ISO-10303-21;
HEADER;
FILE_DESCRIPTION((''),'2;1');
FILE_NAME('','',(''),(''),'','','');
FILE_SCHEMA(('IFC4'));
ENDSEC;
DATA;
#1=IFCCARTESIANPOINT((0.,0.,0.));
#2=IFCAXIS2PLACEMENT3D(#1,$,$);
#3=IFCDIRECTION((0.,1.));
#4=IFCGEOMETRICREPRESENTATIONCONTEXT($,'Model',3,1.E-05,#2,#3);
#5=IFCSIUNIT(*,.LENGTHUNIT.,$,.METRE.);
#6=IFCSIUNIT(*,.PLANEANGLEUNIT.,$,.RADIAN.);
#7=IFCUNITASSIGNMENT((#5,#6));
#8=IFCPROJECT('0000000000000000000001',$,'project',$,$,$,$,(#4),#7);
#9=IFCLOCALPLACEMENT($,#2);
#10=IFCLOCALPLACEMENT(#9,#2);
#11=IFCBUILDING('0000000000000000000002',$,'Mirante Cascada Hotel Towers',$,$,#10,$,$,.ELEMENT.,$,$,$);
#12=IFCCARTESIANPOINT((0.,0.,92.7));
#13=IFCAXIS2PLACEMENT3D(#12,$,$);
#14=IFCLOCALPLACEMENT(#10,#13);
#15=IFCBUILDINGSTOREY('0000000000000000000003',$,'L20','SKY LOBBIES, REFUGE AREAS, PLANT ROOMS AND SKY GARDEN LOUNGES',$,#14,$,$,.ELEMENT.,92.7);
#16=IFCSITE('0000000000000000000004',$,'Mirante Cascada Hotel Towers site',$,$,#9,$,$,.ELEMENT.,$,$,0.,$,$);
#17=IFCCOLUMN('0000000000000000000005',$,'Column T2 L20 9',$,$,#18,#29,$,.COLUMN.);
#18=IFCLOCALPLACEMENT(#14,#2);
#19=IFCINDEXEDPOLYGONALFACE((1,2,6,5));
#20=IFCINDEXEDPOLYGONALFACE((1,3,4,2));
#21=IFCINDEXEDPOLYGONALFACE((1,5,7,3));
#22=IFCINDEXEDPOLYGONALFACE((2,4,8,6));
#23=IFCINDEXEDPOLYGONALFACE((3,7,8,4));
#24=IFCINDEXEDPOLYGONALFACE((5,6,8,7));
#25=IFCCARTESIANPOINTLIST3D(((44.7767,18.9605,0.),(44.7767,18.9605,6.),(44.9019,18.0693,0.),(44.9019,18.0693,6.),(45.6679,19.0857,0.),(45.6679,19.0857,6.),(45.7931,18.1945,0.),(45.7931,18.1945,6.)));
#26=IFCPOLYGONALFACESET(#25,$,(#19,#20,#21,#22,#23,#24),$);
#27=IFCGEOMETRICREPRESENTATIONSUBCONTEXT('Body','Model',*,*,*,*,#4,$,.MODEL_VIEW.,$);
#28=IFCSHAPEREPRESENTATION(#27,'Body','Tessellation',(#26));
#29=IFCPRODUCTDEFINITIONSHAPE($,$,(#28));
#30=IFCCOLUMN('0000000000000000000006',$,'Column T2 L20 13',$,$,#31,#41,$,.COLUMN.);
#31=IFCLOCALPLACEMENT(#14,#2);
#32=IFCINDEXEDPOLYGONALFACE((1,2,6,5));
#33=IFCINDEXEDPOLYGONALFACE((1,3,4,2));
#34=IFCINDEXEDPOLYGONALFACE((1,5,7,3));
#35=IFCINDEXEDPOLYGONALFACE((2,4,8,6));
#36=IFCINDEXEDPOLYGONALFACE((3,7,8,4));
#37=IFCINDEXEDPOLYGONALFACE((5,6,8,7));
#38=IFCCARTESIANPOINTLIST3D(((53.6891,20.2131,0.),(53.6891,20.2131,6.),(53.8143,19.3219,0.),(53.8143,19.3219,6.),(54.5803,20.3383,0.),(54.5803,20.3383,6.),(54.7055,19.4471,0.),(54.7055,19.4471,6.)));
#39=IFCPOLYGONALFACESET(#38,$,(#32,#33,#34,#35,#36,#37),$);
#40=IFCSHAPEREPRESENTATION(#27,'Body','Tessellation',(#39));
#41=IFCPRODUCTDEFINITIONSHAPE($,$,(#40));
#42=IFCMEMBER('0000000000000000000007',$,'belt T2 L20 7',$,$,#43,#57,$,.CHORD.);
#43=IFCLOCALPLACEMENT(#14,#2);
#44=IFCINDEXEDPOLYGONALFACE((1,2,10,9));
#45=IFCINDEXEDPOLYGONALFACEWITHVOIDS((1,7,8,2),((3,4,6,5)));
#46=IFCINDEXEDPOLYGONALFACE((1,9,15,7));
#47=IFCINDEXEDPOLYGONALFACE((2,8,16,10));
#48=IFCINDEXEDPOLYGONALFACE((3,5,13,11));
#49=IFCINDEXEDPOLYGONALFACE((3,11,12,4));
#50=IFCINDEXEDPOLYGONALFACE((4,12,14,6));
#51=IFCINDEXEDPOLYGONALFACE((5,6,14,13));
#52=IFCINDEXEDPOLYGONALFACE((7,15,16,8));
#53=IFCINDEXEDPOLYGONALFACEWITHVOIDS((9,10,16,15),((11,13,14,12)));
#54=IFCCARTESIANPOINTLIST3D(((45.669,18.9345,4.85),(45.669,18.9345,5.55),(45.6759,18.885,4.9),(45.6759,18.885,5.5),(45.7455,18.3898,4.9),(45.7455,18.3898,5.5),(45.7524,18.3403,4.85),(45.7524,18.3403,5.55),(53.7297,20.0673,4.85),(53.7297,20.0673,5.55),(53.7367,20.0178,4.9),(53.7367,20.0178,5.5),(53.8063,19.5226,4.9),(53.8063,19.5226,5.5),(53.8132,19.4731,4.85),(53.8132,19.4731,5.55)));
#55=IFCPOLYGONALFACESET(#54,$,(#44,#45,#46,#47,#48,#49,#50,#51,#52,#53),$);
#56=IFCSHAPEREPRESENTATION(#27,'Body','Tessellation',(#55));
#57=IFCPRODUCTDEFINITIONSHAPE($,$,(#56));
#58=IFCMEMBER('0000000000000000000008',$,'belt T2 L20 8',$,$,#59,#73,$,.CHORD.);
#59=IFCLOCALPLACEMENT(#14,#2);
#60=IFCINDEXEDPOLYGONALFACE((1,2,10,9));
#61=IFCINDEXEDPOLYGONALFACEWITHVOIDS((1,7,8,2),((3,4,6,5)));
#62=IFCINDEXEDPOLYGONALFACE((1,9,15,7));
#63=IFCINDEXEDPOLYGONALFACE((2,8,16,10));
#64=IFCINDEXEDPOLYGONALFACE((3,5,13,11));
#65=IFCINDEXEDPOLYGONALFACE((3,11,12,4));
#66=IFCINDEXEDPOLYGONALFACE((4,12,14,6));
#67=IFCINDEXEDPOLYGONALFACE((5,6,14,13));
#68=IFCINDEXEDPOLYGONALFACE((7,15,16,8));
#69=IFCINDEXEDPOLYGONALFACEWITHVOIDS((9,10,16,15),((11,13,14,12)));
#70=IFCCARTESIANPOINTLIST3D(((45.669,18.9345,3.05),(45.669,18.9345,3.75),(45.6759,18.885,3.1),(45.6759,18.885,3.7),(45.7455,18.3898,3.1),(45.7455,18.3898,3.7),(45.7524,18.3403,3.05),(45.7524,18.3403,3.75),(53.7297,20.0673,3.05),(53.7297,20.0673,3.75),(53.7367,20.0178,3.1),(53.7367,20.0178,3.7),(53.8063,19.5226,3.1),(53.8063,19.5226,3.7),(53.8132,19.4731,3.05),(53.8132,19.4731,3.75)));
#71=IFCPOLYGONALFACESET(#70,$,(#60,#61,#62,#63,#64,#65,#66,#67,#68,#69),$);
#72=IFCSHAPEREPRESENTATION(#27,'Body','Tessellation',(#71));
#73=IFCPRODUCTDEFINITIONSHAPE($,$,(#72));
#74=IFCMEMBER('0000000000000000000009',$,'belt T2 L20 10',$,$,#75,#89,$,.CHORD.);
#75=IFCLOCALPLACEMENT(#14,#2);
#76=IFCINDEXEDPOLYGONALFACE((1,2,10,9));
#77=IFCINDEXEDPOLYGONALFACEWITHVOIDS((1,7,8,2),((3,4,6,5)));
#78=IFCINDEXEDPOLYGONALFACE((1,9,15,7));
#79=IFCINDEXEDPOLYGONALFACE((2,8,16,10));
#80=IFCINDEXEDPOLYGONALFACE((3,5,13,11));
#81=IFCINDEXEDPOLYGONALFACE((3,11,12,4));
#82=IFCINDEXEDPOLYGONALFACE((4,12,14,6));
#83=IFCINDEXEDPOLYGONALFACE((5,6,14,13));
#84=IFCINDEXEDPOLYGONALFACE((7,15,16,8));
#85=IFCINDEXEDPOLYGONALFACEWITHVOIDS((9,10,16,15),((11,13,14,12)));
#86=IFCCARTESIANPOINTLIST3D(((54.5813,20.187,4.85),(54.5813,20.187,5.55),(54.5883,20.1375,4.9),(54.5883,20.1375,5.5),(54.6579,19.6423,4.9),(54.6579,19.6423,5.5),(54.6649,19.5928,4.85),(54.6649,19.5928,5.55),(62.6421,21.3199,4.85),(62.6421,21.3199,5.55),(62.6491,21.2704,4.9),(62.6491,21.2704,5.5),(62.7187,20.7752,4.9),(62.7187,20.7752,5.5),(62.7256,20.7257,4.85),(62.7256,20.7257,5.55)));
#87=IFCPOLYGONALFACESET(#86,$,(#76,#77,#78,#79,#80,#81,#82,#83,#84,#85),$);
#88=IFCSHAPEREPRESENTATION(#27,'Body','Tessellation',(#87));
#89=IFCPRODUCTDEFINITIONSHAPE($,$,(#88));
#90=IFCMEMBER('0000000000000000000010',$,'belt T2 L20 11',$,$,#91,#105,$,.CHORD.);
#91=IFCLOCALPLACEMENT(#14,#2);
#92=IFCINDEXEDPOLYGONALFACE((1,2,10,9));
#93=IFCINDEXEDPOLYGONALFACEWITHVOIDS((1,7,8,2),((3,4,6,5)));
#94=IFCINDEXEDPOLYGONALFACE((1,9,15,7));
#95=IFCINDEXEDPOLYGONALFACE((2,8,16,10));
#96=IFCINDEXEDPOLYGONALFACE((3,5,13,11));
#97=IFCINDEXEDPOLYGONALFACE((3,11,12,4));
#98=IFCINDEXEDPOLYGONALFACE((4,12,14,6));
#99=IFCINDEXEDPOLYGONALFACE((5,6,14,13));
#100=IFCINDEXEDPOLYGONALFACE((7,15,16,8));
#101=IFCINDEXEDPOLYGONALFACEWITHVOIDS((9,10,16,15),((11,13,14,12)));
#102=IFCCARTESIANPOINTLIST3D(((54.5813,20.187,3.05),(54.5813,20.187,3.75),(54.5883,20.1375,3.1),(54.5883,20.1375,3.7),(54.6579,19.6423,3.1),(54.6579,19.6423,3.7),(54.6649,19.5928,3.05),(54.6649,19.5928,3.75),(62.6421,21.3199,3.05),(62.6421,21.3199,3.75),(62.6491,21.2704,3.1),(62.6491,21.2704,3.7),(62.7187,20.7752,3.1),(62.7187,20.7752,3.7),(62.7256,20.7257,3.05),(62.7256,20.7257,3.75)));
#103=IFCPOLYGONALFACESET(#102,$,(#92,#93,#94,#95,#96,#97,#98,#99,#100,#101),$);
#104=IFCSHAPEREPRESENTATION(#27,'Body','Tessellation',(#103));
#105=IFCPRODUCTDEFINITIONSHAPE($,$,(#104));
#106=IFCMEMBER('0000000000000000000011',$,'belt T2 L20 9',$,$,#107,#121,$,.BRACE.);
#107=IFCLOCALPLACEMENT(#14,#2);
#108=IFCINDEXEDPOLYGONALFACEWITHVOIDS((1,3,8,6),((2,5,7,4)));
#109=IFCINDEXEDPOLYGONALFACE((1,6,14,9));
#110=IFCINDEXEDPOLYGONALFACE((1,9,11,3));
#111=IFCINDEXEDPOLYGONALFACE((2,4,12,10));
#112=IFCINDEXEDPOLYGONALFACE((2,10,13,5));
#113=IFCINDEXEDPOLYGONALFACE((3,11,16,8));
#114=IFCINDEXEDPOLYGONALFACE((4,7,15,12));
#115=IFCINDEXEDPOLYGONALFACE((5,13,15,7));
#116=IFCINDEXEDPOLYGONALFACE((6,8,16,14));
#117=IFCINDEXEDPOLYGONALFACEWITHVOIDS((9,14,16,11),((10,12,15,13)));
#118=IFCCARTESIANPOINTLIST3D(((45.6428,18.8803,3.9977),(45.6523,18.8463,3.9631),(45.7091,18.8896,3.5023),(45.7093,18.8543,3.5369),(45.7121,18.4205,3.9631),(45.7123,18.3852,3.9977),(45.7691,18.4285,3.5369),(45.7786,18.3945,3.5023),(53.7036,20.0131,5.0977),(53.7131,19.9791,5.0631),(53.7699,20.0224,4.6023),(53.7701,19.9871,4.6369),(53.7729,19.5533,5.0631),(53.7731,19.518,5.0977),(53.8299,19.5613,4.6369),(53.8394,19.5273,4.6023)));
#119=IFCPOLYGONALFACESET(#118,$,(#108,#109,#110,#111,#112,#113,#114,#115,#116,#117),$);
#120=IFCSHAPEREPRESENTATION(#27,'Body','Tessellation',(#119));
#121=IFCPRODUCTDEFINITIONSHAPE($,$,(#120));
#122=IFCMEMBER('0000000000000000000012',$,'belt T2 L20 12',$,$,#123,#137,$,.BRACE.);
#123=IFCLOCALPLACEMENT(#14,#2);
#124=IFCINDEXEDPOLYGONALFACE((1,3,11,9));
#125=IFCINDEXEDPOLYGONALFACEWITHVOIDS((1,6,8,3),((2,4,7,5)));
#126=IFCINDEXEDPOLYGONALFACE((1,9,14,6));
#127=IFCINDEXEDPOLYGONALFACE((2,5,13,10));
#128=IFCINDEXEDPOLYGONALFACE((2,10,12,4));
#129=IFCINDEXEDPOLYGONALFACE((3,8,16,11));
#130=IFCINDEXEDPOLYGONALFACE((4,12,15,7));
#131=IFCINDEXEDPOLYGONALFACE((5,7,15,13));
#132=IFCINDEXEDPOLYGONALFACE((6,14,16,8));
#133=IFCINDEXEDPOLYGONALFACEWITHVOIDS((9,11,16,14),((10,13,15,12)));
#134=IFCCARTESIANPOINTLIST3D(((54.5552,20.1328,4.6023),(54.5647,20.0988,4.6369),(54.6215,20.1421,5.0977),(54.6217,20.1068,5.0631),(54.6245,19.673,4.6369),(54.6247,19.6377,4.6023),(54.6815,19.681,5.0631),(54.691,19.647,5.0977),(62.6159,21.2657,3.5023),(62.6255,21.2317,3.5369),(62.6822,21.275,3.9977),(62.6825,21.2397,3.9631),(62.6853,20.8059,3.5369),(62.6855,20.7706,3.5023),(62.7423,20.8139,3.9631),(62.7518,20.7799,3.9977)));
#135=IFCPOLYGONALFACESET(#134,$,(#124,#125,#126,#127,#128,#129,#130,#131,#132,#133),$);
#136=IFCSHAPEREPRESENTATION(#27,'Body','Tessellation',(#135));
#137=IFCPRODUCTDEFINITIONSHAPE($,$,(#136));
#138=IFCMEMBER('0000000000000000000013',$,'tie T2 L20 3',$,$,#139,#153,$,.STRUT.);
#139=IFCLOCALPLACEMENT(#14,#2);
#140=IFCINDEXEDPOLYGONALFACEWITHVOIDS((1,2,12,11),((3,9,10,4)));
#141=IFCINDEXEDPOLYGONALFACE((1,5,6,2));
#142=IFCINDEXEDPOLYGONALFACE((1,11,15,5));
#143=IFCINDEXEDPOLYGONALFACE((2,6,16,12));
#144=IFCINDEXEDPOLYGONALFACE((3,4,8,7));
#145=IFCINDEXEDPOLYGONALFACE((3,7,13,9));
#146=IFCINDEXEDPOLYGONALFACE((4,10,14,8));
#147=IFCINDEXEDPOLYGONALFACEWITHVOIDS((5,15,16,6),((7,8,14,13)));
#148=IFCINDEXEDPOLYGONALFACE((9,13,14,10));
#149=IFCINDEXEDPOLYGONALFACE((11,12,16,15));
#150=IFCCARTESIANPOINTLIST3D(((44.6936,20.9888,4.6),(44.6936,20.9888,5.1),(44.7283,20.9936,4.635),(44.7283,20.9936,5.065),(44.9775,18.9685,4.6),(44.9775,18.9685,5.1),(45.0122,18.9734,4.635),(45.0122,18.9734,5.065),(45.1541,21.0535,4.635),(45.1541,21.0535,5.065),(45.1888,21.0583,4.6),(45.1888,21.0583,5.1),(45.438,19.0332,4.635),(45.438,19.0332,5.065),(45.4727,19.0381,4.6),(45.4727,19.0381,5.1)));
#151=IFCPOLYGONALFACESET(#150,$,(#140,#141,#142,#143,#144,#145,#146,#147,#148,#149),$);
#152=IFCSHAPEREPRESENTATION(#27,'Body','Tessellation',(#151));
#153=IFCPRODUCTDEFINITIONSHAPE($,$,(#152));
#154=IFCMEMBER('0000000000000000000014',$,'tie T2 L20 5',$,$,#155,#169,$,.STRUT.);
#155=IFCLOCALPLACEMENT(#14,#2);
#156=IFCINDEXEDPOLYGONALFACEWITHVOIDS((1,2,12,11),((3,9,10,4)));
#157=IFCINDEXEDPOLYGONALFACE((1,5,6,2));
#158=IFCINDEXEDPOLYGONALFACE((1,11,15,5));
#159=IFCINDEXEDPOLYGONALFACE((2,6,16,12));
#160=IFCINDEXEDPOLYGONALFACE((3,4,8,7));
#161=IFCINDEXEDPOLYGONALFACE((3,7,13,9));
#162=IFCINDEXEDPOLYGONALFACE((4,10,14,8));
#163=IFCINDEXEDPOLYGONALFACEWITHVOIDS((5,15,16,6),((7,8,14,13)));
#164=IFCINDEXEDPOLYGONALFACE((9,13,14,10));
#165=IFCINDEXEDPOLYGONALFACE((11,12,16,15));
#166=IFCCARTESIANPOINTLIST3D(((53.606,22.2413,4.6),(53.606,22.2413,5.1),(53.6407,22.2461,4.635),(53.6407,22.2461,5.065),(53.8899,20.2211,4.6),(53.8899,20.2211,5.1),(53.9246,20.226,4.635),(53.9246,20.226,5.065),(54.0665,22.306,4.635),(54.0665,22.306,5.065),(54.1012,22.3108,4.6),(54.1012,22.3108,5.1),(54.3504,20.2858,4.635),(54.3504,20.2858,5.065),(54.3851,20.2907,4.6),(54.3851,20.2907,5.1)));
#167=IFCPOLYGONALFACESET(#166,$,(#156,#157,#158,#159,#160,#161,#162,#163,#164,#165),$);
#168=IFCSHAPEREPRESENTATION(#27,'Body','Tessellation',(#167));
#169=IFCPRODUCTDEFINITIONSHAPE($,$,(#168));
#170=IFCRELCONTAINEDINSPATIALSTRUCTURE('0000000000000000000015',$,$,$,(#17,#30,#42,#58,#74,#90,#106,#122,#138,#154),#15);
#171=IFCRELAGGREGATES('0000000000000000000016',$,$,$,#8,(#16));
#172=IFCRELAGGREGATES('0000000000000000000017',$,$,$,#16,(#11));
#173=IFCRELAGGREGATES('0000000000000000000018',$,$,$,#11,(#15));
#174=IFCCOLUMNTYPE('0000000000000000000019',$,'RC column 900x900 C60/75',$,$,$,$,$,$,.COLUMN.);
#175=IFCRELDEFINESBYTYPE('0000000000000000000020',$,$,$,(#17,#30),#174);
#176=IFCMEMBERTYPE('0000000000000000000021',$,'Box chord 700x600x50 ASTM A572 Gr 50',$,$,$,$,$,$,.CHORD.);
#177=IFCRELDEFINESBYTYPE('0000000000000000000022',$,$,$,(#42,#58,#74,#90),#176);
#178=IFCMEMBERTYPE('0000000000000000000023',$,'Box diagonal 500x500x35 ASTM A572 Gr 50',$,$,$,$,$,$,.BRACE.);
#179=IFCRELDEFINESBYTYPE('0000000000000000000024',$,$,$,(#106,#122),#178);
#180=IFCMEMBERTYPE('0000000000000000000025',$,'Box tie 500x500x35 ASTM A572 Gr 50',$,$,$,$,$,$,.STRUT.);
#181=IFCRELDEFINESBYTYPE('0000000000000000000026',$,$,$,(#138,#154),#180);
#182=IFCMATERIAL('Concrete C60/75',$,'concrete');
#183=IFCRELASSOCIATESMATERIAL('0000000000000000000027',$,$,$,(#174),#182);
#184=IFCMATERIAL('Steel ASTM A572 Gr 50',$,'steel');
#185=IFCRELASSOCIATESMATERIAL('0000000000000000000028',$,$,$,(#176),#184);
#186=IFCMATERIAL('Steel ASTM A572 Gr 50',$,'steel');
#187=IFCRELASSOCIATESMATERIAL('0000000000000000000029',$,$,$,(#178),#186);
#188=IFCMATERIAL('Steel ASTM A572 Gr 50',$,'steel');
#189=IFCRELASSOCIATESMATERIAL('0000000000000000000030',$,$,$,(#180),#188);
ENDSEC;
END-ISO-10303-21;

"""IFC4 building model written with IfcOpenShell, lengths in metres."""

from ifc_helpers import new_model, si_unit, direction, frame, origin, origin_2d, place, context, subcontext, project, spatial, rectangle, hollow_rectangle, extrude, material, material_profile, profile_set, type_object, element, save


model = new_model("IFC4")

# Units and contexts
model_context = context("Model", 3, precision=1e-05, world=origin(), true_north=direction((0.0, 1.0)))
body_context = subcontext(model_context, "Body", "Model", "MODEL_VIEW")
ifc_project = project(units=[si_unit("LENGTHUNIT", "METRE"), si_unit("PLANEANGLEUNIT", "RADIAN")], contexts=[model_context])

# Site, building, storey
site_placement = place(None, origin())
site = spatial("IfcSite", under=ifc_project, at=site_placement, Name="Mirante Cascada Hotel Towers site", CompositionType="ELEMENT", RefElevation=0.0)
building_placement = place(site_placement, origin())
building = spatial("IfcBuilding", under=site, at=building_placement, Name="Mirante Cascada Hotel Towers", CompositionType="ELEMENT")
storey_placement = place(building_placement, frame((0.0, 0.0, 92.7)))
storey = spatial("IfcBuildingStorey", under=building, at=storey_placement, Name="L20", Description="SKY LOBBIES, REFUGE AREAS, PLANT ROOMS AND SKY GARDEN LOUNGES", CompositionType="ELEMENT", Elevation=92.7)

# Columns
ifc_material_1 = material(Name="Concrete C60/75", Category="concrete")
ifc_material_profile_1 = material_profile(ifc_material_1, rectangle(XDim=0.9, YDim=0.9, at=origin_2d()), Name="RC column 900x900 C60/75")
ifc_profile_set_1 = profile_set([ifc_material_profile_1], Name="Concrete C60/75")
column_type = type_object("IfcColumnType", Name="RC column 900x900 C60/75", PredefinedType="COLUMN", material=ifc_profile_set_1)
for number, where, z_axis, x_axis, name in (
    (1, (45.2849, 18.5775, 0.0), (0.0, 0.0, 1.0), (0.990268, 0.139173, 0.0), "Column T2 L20 9"),
    (2, (54.1973, 19.8301, 0.0), (0.0, 0.0, 1.0), (0.990268, 0.139173, 0.0), "Column T2 L20 13"),
):
    element("IfcColumn", number, at=place(storey_placement, frame(where, z_axis=z_axis, x_axis=x_axis)), inside=storey, type_object=column_type, Name=name, PredefinedType="COLUMN", context=body_context, shape_type="SweptSolid", body=[
        extrude(rectangle(XDim=0.9, YDim=0.9, at=origin_2d()), origin(), (0.0, 0.0, 1.0), 6.0),
    ])

# Members
ifc_material_2 = material(Name="Steel ASTM A572 Gr 50", Category="steel")
ifc_material_profile_2 = material_profile(ifc_material_2, hollow_rectangle(XDim=0.6, YDim=0.7, WallThickness=0.05, at=origin_2d()), Name="Box chord 700x600x50 ASTM A572 Gr 50")
ifc_profile_set_2 = profile_set([ifc_material_profile_2], Name="Steel ASTM A572 Gr 50")
member_type_1 = type_object("IfcMemberType", Name="Box chord 700x600x50 ASTM A572 Gr 50", PredefinedType="CHORD", material=ifc_profile_set_2)
for number, where, z_axis, x_axis, name in (
    (3, (45.7107, 18.6374, 5.2), (0.990269, 0.139164, 0.0), (-0.139164, 0.990269, 0.0), "belt T2 L20 7"),
    (4, (45.7107, 18.6374, 3.4), (0.990269, 0.139164, 0.0), (-0.139164, 0.990269, 0.0), "belt T2 L20 8"),
    (5, (54.6231, 19.8899, 5.2), (0.990268, 0.139177, 0.0), (-0.139177, 0.990268, 0.0), "belt T2 L20 10"),
    (6, (54.6231, 19.8899, 3.4), (0.990268, 0.139177, 0.0), (-0.139177, 0.990268, 0.0), "belt T2 L20 11"),
):
    element("IfcMember", number, at=place(storey_placement, frame(where, z_axis=z_axis, x_axis=x_axis)), inside=storey, type_object=member_type_1, Name=name, PredefinedType="CHORD", context=body_context, shape_type="SweptSolid", body=[
        extrude(hollow_rectangle(XDim=0.6, YDim=0.7, WallThickness=0.05, at=origin_2d()), origin(), (0.0, 0.0, 1.0), 8.14),
    ])
ifc_material_3 = material(Name="Steel ASTM A572 Gr 50", Category="steel")
ifc_material_profile_3 = material_profile(ifc_material_3, hollow_rectangle(XDim=0.5, YDim=0.5, WallThickness=0.035, at=origin_2d()), Name="Box diagonal 500x500x35 ASTM A572 Gr 50")
ifc_profile_set_3 = profile_set([ifc_material_profile_3], Name="Steel ASTM A572 Gr 50")
member_type_2 = type_object("IfcMemberType", Name="Box diagonal 500x500x35 ASTM A572 Gr 50", PredefinedType="BRACE", material=ifc_profile_set_3)
for number, where, z_axis, x_axis, name in (
    (7, (45.7107, 18.6374, 3.75), (0.981349, 0.137911, 0.133918), (-0.139164, 0.990269, 0.0), "belt T2 L20 9"),
    (8, (54.6231, 19.8899, 4.85), (0.981348, 0.137923, -0.133917), (-0.139177, 0.990268, 0.0), "belt T2 L20 12"),
):
    element("IfcMember", number, at=place(storey_placement, frame(where, z_axis=z_axis, x_axis=x_axis)), inside=storey, type_object=member_type_2, Name=name, PredefinedType="BRACE", context=body_context, shape_type="SweptSolid", body=[
        extrude(hollow_rectangle(XDim=0.5, YDim=0.5, WallThickness=0.035, at=origin_2d()), origin(), (0.0, 0.0, 1.0), 8.214),
    ])
ifc_material_4 = material(Name="Steel ASTM A572 Gr 50", Category="steel")
ifc_material_profile_4 = material_profile(ifc_material_4, hollow_rectangle(XDim=0.5, YDim=0.5, WallThickness=0.035, at=origin_2d()), Name="Box tie 500x500x35 ASTM A572 Gr 50")
ifc_profile_set_4 = profile_set([ifc_material_profile_4], Name="Steel ASTM A572 Gr 50")
member_type_3 = type_object("IfcMemberType", Name="Box tie 500x500x35 ASTM A572 Gr 50", PredefinedType="STRUT", material=ifc_profile_set_4)
member_1_placement = place(storey_placement, frame((45.2251, 19.0033, 4.85), z_axis=(-0.139163, 0.99027, 0.0), x_axis=(-0.99027, -0.139163, 0.0)))
element("IfcMember", 9, at=member_1_placement, inside=storey, type_object=member_type_3, Name="tie T2 L20 3", PredefinedType="STRUT", context=body_context, shape_type="SweptSolid", body=[
    extrude(hollow_rectangle(XDim=0.5, YDim=0.5, WallThickness=0.035, at=origin_2d()), origin(), (0.0, 0.0, 1.0), 2.0401),
])
member_2_placement = place(storey_placement, frame((54.1375, 20.2559, 4.85), z_axis=(-0.13917, 0.990268, 0.0), x_axis=(-0.990268, -0.13917, 0.0)))
element("IfcMember", 10, at=member_2_placement, inside=storey, type_object=member_type_3, Name="tie T2 L20 5", PredefinedType="STRUT", context=body_context, shape_type="SweptSolid", body=[
    extrude(hollow_rectangle(XDim=0.5, YDim=0.5, WallThickness=0.035, at=origin_2d()), origin(), (0.0, 0.0, 1.0), 2.04),
])

save(model, "model.ifc")
